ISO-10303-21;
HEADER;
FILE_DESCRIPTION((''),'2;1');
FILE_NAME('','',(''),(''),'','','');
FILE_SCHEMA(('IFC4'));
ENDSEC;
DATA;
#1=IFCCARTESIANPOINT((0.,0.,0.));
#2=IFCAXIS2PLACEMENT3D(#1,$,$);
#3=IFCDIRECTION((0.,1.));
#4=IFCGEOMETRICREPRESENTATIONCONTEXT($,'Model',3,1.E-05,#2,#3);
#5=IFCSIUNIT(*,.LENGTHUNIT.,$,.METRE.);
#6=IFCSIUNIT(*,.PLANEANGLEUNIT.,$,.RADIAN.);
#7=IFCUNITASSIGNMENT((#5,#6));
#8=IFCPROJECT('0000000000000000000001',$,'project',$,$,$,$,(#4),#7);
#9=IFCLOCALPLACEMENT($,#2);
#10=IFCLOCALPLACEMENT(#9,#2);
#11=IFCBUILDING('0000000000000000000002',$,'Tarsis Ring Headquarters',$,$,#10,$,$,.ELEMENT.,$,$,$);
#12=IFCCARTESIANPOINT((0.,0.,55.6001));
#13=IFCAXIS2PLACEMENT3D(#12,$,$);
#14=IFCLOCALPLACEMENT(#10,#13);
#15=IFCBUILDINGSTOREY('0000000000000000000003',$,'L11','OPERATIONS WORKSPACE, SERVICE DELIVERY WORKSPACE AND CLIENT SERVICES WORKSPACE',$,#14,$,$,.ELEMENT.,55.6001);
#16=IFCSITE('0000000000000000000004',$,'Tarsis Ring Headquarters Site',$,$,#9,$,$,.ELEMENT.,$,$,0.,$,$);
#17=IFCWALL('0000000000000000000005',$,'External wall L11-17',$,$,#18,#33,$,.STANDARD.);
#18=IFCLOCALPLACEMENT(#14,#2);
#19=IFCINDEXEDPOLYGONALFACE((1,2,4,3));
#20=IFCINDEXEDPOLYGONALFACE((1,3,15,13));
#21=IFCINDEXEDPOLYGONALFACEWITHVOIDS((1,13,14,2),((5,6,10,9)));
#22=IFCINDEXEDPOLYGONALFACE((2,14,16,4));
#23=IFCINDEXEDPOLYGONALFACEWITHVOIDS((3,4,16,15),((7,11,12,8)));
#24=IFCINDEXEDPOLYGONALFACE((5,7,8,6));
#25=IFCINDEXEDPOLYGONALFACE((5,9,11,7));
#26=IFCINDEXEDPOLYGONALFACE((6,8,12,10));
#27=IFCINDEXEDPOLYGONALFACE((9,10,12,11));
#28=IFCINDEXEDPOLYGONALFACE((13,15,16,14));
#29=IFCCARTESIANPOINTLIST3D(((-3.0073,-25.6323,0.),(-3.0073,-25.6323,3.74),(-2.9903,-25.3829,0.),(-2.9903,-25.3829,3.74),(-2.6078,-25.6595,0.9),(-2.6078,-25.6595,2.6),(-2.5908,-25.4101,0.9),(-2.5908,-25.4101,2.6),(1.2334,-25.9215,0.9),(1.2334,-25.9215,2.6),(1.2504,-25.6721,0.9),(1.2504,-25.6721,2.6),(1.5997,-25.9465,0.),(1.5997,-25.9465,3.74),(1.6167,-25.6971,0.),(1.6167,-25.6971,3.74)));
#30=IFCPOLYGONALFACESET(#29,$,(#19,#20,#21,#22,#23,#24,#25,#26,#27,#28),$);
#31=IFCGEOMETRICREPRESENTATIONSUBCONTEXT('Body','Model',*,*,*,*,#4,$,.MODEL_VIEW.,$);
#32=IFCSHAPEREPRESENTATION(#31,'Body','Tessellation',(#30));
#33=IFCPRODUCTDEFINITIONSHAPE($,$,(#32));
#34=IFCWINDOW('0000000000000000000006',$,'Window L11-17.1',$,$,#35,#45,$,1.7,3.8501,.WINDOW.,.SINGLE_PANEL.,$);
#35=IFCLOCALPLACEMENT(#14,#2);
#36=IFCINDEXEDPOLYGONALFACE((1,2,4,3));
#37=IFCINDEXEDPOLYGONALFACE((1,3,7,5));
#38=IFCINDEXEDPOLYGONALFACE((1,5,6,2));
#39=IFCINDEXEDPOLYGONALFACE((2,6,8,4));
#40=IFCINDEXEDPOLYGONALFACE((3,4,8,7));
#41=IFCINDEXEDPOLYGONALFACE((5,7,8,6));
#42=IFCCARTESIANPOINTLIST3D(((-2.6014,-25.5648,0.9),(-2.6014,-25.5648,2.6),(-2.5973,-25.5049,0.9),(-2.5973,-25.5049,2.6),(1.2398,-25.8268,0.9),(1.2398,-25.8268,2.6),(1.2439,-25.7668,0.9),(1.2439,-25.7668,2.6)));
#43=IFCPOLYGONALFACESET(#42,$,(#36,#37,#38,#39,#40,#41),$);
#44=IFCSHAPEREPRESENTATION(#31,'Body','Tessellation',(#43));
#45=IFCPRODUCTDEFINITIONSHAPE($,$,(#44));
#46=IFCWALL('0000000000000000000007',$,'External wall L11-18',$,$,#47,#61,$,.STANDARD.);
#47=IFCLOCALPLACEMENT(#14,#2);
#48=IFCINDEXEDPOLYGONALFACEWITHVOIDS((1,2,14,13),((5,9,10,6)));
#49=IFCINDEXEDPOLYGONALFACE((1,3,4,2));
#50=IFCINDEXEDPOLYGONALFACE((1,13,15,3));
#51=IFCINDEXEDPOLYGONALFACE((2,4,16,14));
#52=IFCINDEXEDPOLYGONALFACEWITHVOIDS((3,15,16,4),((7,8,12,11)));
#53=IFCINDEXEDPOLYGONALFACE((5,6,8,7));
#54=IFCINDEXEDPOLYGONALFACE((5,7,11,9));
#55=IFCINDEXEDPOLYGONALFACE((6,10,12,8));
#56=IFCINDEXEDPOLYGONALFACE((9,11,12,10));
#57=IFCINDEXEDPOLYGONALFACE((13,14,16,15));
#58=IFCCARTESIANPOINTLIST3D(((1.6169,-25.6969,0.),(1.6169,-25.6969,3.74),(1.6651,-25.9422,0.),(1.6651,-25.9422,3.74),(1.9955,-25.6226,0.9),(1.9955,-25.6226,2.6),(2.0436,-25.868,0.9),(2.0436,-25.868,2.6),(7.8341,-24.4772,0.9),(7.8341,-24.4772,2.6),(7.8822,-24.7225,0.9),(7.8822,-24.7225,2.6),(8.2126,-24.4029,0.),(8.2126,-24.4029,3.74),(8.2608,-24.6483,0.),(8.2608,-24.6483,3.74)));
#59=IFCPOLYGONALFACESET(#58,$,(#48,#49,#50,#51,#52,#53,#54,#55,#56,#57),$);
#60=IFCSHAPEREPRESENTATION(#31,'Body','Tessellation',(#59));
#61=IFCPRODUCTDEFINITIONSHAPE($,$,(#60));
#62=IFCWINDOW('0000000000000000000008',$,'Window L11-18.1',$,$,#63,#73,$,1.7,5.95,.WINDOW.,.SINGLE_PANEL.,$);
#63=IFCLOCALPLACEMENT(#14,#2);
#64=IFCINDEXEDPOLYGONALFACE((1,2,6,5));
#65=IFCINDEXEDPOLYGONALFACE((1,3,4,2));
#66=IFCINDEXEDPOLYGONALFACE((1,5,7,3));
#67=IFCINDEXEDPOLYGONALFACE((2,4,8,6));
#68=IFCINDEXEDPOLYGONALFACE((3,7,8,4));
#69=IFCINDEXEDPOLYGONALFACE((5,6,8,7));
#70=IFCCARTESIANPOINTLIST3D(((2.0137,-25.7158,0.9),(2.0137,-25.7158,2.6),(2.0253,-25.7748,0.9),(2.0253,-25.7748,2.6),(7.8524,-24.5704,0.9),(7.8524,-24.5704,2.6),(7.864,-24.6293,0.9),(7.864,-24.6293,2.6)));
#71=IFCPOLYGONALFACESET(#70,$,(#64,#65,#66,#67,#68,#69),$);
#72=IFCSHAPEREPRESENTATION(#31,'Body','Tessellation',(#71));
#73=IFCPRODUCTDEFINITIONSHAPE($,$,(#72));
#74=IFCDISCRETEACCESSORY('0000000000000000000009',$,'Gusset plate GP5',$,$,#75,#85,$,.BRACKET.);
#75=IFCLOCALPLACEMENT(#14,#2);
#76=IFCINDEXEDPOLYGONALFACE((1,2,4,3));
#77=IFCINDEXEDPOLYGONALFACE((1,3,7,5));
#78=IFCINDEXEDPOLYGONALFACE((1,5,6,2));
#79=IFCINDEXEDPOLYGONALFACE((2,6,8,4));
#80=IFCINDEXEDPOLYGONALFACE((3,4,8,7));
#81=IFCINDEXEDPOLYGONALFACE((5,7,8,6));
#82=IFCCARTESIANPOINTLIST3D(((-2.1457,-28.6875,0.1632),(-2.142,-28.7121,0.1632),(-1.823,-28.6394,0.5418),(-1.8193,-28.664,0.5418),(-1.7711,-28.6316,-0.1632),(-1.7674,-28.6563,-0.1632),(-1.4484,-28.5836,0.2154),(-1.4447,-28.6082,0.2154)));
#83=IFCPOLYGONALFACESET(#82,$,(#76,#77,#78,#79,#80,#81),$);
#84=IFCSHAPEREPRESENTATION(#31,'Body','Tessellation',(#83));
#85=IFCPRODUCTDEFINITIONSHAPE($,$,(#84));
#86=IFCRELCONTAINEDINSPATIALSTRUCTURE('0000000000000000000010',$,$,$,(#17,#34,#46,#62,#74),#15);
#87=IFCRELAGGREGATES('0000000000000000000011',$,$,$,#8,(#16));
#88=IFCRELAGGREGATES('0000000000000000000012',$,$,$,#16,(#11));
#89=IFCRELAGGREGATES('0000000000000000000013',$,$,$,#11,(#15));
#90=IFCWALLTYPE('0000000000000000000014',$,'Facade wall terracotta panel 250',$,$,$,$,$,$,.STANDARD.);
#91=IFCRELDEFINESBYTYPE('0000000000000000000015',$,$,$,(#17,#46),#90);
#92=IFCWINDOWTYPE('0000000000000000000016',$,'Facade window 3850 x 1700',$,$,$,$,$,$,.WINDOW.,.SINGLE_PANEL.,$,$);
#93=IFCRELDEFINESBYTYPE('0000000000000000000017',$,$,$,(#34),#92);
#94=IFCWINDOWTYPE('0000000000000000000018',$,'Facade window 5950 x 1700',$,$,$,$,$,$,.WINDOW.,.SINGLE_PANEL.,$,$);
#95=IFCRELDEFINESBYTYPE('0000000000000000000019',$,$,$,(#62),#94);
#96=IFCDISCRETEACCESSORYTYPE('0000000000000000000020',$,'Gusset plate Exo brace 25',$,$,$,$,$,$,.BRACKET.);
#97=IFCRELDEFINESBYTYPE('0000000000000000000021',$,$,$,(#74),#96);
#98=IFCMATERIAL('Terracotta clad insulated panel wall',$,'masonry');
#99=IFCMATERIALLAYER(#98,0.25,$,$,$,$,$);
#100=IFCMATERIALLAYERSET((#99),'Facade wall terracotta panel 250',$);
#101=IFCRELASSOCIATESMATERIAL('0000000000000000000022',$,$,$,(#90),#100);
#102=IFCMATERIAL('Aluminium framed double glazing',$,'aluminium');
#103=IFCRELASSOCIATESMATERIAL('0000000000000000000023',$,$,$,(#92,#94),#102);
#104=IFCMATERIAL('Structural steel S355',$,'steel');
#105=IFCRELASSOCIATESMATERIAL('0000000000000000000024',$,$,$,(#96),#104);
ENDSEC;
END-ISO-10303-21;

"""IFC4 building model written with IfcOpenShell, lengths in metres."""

from ifc_helpers import new_model, si_unit, direction, frame, frame_2d, origin, origin_2d, place, context, subcontext, project, spatial, rectangle, extrude, material, layer, layer_set, material_profile, profile_set, type_object, element, fill, save


model = new_model("IFC4")

# Units and contexts
model_context = context("Model", 3, precision=1e-05, world=origin(), true_north=direction((0.0, 1.0)))
body_context = subcontext(model_context, "Body", "Model", "MODEL_VIEW")
ifc_project = project(units=[si_unit("LENGTHUNIT", "METRE"), si_unit("PLANEANGLEUNIT", "RADIAN")], contexts=[model_context])

# Site, building, storey
site_placement = place(None, origin())
site = spatial("IfcSite", under=ifc_project, at=site_placement, Name="Tarsis Ring Headquarters Site", CompositionType="ELEMENT", RefElevation=0.0)
building_placement = place(site_placement, origin())
building = spatial("IfcBuilding", under=site, at=building_placement, Name="Tarsis Ring Headquarters", CompositionType="ELEMENT")
storey_placement = place(building_placement, frame((0.0, 0.0, 55.6001)))
storey = spatial("IfcBuildingStorey", under=building, at=storey_placement, Name="L11", Description="OPERATIONS WORKSPACE, SERVICE DELIVERY WORKSPACE AND CLIENT SERVICES WORKSPACE", CompositionType="ELEMENT", Elevation=55.6001)

# Shared definitions
ifc_material_1 = material(Name="Structural steel S355", Category="steel")

# Walls, openings, windows
ifc_material_2 = material(Name="Terracotta clad insulated panel wall", Category="masonry")
ifc_layer_1 = layer(ifc_material_2, 0.25)
ifc_layer_set_1 = layer_set([ifc_layer_1], Name="Facade wall terracotta panel 250")
wall_type_1 = type_object("IfcWallType", Name="Facade wall terracotta panel 250", PredefinedType="STANDARD", material=ifc_layer_set_1)
wall_1_placement = place(storey_placement, frame((-2.9988, -25.5076, 0.0), z_axis=(0.0, 0.0, 1.0), x_axis=(0.997682, -0.068045, 0.0)))
wall_1 = element("IfcWall", 1, at=wall_1_placement, inside=storey, type_object=wall_type_1, Name="External wall L11-17", PredefinedType="STANDARD", context=body_context, shape_type="SweptSolid", body=[
    extrude(rectangle(XDim=4.6177, YDim=0.25, at=frame_2d((2.3088, 0.0))), origin(), (0.0, 0.0, 1.0), 3.74),
])
opening_1_placement = place(wall_1_placement, frame((0.4004, 0.0, 0.8999)))
opening_1 = element("IfcOpeningElement", 2, at=opening_1_placement, cuts=wall_1, PredefinedType="OPENING", context=body_context, shape_type="SweptSolid", body=[
    extrude(rectangle(XDim=3.8501, YDim=1.7, at=frame_2d((1.925, 0.8501))), frame((0.0, 0.135, 0.0), z_axis=(0.0, -1.0, 0.0), x_axis=(1.0, 0.0, 0.0)), (0.0, 0.0, 1.0), 0.27),
])
ifc_material_3 = material(Name="Aluminium framed double glazing", Category="aluminium")
window_type_1 = type_object("IfcWindowType", Name="Facade window 3850 x 1700", PartitioningType="SINGLE_PANEL", PredefinedType="WINDOW", material=ifc_material_3)
window_1_placement = place(opening_1_placement, origin())
window_1 = element("IfcWindow", 3, at=window_1_placement, inside=storey, type_object=window_type_1, Name="Window L11-17.1", OverallHeight=1.7, OverallWidth=3.8501, PartitioningType="SINGLE_PANEL", PredefinedType="WINDOW", context=body_context, shape_type="SweptSolid", body=[
    extrude(rectangle(XDim=3.8501, YDim=1.7, at=frame_2d((1.925, 0.8501))), frame((0.0, 0.03, 0.0), z_axis=(0.0, -1.0, 0.0), x_axis=(1.0, 0.0, 0.0)), (0.0, 0.0, 1.0), 0.0601),
])
fill(opening_1, window_1)
wall_2_placement = place(storey_placement, frame((1.6409, -25.8196, 0.0), z_axis=(0.0, 0.0, 1.0), x_axis=(0.981295, 0.19251, 0.0)))
wall_2 = element("IfcWall", 4, at=wall_2_placement, inside=storey, type_object=wall_type_1, Name="External wall L11-18", PredefinedType="STANDARD", context=body_context, shape_type="SweptSolid", body=[
    extrude(rectangle(XDim=6.7214, YDim=0.25, at=frame_2d((3.3608, 0.0))), origin(), (0.0, 0.0, 1.0), 3.74),
])
opening_2_placement = place(wall_2_placement, frame((0.3857, 0.0, 0.8999)))
opening_2 = element("IfcOpeningElement", 5, at=opening_2_placement, cuts=wall_2, PredefinedType="OPENING", context=body_context, shape_type="SweptSolid", body=[
    extrude(rectangle(XDim=5.95, YDim=1.7, at=frame_2d((2.9751, 0.8501))), frame((0.0, 0.135, 0.0), z_axis=(0.0, -1.0, 0.0), x_axis=(1.0, 0.0, 0.0)), (0.0, 0.0, 1.0), 0.27),
])
window_type_2 = type_object("IfcWindowType", Name="Facade window 5950 x 1700", PartitioningType="SINGLE_PANEL", PredefinedType="WINDOW", material=ifc_material_3)
window_2_placement = place(opening_2_placement, origin())
window_2 = element("IfcWindow", 6, at=window_2_placement, inside=storey, type_object=window_type_2, Name="Window L11-18.1", OverallHeight=1.7, OverallWidth=5.95, PartitioningType="SINGLE_PANEL", PredefinedType="WINDOW", context=body_context, shape_type="SweptSolid", body=[
    extrude(rectangle(XDim=5.95, YDim=1.7, at=frame_2d((2.9751, 0.8501))), frame((0.0, 0.03, 0.0), z_axis=(0.0, -1.0, 0.0), x_axis=(1.0, 0.0, 0.0)), (0.0, 0.0, 1.0), 0.0601),
])
fill(opening_2, window_2)

# Discrete accessory
ifc_material_profile_1 = material_profile(ifc_material_1, rectangle(XDim=0.0249, YDim=0.5, at=origin_2d()), Name="PL 25x500")
ifc_profile_set_1 = profile_set([ifc_material_profile_1], Name="Structural steel S355")
discrete_accessory_type = type_object("IfcDiscreteAccessoryType", Name="Gusset plate Exo brace 25", PredefinedType="BRACKET", material=ifc_profile_set_1)
discrete_accessory_placement = place(storey_placement, frame((-1.9565, -28.6719, 0.0), z_axis=(0.645678, 0.096217, 0.757524), x_axis=(-0.147389, 0.989079, 0.0)))
element("IfcDiscreteAccessory", 7, at=discrete_accessory_placement, inside=storey, type_object=discrete_accessory_type, Name="Gusset plate GP5", PredefinedType="BRACKET", context=body_context, shape_type="SweptSolid", body=[
    extrude(rectangle(XDim=0.0249, YDim=0.5, at=origin_2d()), origin(), (0.0, 0.0, 1.0), 0.4998),
])

save(model, "model.ifc")
